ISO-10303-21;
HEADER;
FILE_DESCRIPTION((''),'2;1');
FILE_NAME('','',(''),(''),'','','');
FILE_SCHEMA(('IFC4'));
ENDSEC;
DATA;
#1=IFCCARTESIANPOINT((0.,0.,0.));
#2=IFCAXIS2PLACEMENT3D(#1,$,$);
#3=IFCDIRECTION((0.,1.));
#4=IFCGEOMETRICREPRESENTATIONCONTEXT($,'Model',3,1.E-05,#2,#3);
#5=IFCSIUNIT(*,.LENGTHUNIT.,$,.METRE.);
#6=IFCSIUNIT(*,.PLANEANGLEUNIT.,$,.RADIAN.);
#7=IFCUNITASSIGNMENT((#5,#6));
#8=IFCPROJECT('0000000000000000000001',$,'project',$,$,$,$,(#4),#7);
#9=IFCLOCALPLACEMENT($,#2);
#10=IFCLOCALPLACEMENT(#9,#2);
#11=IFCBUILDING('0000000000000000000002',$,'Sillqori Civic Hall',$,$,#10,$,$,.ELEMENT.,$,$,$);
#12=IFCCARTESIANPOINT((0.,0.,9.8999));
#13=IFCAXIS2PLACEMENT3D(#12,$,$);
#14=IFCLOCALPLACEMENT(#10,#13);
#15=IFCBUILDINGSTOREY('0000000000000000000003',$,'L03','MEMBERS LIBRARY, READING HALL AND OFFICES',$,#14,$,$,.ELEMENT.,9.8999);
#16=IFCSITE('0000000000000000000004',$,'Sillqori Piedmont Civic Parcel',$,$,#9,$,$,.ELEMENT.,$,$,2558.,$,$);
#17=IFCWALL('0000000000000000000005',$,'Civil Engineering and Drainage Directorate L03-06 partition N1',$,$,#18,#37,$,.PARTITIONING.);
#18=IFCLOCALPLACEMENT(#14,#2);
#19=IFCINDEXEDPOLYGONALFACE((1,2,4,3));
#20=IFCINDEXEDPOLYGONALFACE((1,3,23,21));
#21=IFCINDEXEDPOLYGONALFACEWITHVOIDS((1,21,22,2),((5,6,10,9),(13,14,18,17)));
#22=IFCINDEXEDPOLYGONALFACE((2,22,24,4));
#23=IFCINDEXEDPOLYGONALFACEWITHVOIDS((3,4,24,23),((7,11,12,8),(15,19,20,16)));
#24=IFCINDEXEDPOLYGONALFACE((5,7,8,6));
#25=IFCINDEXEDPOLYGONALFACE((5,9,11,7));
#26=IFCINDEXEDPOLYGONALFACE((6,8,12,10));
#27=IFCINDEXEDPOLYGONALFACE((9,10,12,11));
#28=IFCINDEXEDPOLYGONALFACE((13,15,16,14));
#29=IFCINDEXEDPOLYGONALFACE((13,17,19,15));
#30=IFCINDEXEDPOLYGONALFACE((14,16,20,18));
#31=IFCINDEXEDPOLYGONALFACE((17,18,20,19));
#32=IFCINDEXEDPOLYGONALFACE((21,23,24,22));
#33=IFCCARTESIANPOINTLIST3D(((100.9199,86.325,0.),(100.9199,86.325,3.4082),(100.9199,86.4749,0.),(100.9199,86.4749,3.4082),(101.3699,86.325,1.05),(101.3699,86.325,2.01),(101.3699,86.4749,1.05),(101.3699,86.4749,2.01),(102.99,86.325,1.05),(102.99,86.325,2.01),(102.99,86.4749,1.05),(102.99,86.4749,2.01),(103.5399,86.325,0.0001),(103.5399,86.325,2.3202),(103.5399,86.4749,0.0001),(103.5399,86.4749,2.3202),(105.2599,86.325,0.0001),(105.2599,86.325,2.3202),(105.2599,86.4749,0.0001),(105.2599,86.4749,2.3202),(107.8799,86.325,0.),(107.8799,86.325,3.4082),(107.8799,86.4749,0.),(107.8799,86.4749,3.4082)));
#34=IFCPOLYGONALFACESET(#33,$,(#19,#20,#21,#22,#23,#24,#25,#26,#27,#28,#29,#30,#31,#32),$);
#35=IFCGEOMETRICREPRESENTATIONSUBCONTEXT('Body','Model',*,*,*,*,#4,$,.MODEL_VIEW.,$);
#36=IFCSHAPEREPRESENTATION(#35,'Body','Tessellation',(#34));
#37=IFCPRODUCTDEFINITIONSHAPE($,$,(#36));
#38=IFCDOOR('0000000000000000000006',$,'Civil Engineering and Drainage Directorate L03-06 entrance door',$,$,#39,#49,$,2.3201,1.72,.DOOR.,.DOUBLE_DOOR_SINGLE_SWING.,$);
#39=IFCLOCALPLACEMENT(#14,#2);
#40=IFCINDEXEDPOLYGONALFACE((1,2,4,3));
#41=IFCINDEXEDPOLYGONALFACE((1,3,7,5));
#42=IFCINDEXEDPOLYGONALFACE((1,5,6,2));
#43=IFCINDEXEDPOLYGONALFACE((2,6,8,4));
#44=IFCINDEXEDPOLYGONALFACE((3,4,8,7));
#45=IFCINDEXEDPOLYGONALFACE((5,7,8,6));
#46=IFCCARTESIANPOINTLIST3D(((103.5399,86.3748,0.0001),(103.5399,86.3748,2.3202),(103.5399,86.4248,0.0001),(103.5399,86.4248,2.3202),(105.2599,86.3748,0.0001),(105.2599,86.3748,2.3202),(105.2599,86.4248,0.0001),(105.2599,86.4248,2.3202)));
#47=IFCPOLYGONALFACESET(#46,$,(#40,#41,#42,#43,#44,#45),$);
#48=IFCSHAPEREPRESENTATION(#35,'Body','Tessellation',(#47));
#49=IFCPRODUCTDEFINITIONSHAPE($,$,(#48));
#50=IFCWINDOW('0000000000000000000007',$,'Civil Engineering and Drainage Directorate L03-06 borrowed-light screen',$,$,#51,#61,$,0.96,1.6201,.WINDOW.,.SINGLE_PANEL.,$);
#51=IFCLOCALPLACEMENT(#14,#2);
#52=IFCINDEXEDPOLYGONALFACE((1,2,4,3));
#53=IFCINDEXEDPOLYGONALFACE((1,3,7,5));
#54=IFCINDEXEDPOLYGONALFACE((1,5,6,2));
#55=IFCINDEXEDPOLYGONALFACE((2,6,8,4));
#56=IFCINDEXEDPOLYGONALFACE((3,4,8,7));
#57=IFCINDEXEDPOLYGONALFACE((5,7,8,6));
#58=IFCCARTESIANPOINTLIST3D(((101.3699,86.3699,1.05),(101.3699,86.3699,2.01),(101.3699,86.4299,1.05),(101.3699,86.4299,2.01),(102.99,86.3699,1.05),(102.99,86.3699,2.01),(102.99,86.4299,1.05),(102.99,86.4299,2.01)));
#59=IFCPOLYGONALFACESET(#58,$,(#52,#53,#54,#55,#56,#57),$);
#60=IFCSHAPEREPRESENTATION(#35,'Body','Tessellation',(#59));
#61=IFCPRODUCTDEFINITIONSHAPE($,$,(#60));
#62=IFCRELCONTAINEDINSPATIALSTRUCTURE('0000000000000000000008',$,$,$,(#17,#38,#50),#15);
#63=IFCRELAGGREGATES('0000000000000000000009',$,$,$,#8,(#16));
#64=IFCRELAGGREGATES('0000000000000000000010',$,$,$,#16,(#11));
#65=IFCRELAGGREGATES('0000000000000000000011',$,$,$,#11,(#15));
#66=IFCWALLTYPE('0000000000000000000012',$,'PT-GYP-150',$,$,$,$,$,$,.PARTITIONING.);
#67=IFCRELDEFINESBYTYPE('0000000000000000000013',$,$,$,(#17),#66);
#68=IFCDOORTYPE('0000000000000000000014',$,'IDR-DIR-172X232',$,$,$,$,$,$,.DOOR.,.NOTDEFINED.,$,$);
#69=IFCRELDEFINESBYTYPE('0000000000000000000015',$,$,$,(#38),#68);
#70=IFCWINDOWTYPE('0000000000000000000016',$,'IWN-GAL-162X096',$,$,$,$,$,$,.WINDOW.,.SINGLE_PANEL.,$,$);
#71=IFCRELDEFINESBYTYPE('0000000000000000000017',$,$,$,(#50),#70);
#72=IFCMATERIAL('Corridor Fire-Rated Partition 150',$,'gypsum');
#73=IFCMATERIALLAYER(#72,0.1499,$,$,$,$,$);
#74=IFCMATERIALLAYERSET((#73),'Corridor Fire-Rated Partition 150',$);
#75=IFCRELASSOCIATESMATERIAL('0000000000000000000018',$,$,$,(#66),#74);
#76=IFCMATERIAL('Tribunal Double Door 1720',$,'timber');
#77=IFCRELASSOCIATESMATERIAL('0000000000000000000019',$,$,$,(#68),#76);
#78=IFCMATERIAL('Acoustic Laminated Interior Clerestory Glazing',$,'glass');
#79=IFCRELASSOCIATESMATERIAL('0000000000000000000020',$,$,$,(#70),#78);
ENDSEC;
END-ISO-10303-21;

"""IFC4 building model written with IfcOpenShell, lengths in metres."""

from ifc_helpers import new_model, si_unit, direction, frame, frame_2d, origin, place, context, subcontext, project, spatial, rectangle, extrude, material, layer, layer_set, type_object, element, fill, save


model = new_model("IFC4")

# Units and contexts
model_context = context("Model", 3, precision=1e-05, world=origin(), true_north=direction((0.0, 1.0)))
body_context = subcontext(model_context, "Body", "Model", "MODEL_VIEW")
ifc_project = project(units=[si_unit("LENGTHUNIT", "METRE"), si_unit("PLANEANGLEUNIT", "RADIAN")], contexts=[model_context])

# Site, building, storey
site_placement = place(None, origin())
site = spatial("IfcSite", under=ifc_project, at=site_placement, Name="Sillqori Piedmont Civic Parcel", CompositionType="ELEMENT", RefElevation=2558.0)
building_placement = place(site_placement, origin())
building = spatial("IfcBuilding", under=site, at=building_placement, Name="Sillqori Civic Hall", CompositionType="ELEMENT")
storey_placement = place(building_placement, frame((0.0, 0.0, 9.8999)))
storey = spatial("IfcBuildingStorey", under=building, at=storey_placement, Name="L03", Description="MEMBERS LIBRARY, READING HALL AND OFFICES", CompositionType="ELEMENT", Elevation=9.8999)

# Wall, openings, door, window
ifc_material_1 = material(Name="Corridor Fire-Rated Partition 150", Category="gypsum")
ifc_layer_1 = layer(ifc_material_1, 0.1499)
ifc_layer_set_1 = layer_set([ifc_layer_1], Name="Corridor Fire-Rated Partition 150")
wall_type_1 = type_object("IfcWallType", Name="PT-GYP-150", PredefinedType="PARTITIONING", material=ifc_layer_set_1)
wall_1_placement = place(storey_placement, frame((100.9199, 86.3999, 0.0), z_axis=(0.0, 0.0, 1.0), x_axis=(1.0, 0.0, 0.0)))
wall_1 = element("IfcWall", 1, at=wall_1_placement, inside=storey, type_object=wall_type_1, Name="Civil Engineering and Drainage Directorate L03-06 partition N1", PredefinedType="PARTITIONING", context=body_context, shape_type="SweptSolid", body=[
    extrude(rectangle(XDim=6.96, YDim=0.1499, at=frame_2d((3.48, 0.0))), origin(), (0.0, 0.0, 1.0), 3.4082),
])
opening_1_placement = place(wall_1_placement, frame((2.6201, 0.0, 0.0)))
opening_1 = element("IfcOpeningElement", 2, at=opening_1_placement, cuts=wall_1, PredefinedType="OPENING", context=body_context, shape_type="SweptSolid", body=[
    extrude(rectangle(XDim=1.72, YDim=2.3201, at=frame_2d((0.8599, 1.1602))), frame((0.0, 0.085, 0.0), z_axis=(0.0, -1.0, 0.0), x_axis=(1.0, 0.0, 0.0)), (0.0, 0.0, 1.0), 0.1699),
])
opening_2_placement = place(wall_1_placement, frame((0.45, 0.0, 1.05)))
opening_2 = element("IfcOpeningElement", 3, at=opening_2_placement, cuts=wall_1, PredefinedType="OPENING", context=body_context, shape_type="SweptSolid", body=[
    extrude(rectangle(XDim=1.6201, YDim=0.96, at=frame_2d((0.8101, 0.48))), frame((0.0, 0.085, 0.0), z_axis=(0.0, -1.0, 0.0), x_axis=(1.0, 0.0, 0.0)), (0.0, 0.0, 1.0), 0.1699),
])
ifc_material_2 = material(Name="Tribunal Double Door 1720", Category="timber")
door_type_1 = type_object("IfcDoorType", Name="IDR-DIR-172X232", OperationType="NOTDEFINED", PredefinedType="DOOR", material=ifc_material_2)
door_1_placement = place(opening_1_placement, origin())
door_1 = element("IfcDoor", 4, at=door_1_placement, inside=storey, type_object=door_type_1, Name="Civil Engineering and Drainage Directorate L03-06 entrance door", OperationType="DOUBLE_DOOR_SINGLE_SWING", OverallHeight=2.3201, OverallWidth=1.72, PredefinedType="DOOR", context=body_context, shape_type="SweptSolid", body=[
    extrude(rectangle(XDim=1.72, YDim=2.3201, at=frame_2d((0.8599, 1.1602))), frame((0.0, 0.0249, 0.0), z_axis=(0.0, -1.0, 0.0), x_axis=(1.0, 0.0, 0.0)), (0.0, 0.0, 1.0), 0.05),
])
fill(opening_1, door_1)
ifc_material_3 = material(Name="Acoustic Laminated Interior Clerestory Glazing", Category="glass")
window_type = type_object("IfcWindowType", Name="IWN-GAL-162X096", PartitioningType="SINGLE_PANEL", PredefinedType="WINDOW", material=ifc_material_3)
window_placement = place(opening_2_placement, origin())
window = element("IfcWindow", 5, at=window_placement, inside=storey, type_object=window_type, Name="Civil Engineering and Drainage Directorate L03-06 borrowed-light screen", OverallHeight=0.96, OverallWidth=1.6201, PartitioningType="SINGLE_PANEL", PredefinedType="WINDOW", context=body_context, shape_type="SweptSolid", body=[
    extrude(rectangle(XDim=1.6201, YDim=0.96, at=frame_2d((0.8101, 0.48))), frame((0.0, 0.03, 0.0), z_axis=(0.0, -1.0, 0.0), x_axis=(1.0, 0.0, 0.0)), (0.0, 0.0, 1.0), 0.0601),
])
fill(opening_2, window)

save(model, "model.ifc")
